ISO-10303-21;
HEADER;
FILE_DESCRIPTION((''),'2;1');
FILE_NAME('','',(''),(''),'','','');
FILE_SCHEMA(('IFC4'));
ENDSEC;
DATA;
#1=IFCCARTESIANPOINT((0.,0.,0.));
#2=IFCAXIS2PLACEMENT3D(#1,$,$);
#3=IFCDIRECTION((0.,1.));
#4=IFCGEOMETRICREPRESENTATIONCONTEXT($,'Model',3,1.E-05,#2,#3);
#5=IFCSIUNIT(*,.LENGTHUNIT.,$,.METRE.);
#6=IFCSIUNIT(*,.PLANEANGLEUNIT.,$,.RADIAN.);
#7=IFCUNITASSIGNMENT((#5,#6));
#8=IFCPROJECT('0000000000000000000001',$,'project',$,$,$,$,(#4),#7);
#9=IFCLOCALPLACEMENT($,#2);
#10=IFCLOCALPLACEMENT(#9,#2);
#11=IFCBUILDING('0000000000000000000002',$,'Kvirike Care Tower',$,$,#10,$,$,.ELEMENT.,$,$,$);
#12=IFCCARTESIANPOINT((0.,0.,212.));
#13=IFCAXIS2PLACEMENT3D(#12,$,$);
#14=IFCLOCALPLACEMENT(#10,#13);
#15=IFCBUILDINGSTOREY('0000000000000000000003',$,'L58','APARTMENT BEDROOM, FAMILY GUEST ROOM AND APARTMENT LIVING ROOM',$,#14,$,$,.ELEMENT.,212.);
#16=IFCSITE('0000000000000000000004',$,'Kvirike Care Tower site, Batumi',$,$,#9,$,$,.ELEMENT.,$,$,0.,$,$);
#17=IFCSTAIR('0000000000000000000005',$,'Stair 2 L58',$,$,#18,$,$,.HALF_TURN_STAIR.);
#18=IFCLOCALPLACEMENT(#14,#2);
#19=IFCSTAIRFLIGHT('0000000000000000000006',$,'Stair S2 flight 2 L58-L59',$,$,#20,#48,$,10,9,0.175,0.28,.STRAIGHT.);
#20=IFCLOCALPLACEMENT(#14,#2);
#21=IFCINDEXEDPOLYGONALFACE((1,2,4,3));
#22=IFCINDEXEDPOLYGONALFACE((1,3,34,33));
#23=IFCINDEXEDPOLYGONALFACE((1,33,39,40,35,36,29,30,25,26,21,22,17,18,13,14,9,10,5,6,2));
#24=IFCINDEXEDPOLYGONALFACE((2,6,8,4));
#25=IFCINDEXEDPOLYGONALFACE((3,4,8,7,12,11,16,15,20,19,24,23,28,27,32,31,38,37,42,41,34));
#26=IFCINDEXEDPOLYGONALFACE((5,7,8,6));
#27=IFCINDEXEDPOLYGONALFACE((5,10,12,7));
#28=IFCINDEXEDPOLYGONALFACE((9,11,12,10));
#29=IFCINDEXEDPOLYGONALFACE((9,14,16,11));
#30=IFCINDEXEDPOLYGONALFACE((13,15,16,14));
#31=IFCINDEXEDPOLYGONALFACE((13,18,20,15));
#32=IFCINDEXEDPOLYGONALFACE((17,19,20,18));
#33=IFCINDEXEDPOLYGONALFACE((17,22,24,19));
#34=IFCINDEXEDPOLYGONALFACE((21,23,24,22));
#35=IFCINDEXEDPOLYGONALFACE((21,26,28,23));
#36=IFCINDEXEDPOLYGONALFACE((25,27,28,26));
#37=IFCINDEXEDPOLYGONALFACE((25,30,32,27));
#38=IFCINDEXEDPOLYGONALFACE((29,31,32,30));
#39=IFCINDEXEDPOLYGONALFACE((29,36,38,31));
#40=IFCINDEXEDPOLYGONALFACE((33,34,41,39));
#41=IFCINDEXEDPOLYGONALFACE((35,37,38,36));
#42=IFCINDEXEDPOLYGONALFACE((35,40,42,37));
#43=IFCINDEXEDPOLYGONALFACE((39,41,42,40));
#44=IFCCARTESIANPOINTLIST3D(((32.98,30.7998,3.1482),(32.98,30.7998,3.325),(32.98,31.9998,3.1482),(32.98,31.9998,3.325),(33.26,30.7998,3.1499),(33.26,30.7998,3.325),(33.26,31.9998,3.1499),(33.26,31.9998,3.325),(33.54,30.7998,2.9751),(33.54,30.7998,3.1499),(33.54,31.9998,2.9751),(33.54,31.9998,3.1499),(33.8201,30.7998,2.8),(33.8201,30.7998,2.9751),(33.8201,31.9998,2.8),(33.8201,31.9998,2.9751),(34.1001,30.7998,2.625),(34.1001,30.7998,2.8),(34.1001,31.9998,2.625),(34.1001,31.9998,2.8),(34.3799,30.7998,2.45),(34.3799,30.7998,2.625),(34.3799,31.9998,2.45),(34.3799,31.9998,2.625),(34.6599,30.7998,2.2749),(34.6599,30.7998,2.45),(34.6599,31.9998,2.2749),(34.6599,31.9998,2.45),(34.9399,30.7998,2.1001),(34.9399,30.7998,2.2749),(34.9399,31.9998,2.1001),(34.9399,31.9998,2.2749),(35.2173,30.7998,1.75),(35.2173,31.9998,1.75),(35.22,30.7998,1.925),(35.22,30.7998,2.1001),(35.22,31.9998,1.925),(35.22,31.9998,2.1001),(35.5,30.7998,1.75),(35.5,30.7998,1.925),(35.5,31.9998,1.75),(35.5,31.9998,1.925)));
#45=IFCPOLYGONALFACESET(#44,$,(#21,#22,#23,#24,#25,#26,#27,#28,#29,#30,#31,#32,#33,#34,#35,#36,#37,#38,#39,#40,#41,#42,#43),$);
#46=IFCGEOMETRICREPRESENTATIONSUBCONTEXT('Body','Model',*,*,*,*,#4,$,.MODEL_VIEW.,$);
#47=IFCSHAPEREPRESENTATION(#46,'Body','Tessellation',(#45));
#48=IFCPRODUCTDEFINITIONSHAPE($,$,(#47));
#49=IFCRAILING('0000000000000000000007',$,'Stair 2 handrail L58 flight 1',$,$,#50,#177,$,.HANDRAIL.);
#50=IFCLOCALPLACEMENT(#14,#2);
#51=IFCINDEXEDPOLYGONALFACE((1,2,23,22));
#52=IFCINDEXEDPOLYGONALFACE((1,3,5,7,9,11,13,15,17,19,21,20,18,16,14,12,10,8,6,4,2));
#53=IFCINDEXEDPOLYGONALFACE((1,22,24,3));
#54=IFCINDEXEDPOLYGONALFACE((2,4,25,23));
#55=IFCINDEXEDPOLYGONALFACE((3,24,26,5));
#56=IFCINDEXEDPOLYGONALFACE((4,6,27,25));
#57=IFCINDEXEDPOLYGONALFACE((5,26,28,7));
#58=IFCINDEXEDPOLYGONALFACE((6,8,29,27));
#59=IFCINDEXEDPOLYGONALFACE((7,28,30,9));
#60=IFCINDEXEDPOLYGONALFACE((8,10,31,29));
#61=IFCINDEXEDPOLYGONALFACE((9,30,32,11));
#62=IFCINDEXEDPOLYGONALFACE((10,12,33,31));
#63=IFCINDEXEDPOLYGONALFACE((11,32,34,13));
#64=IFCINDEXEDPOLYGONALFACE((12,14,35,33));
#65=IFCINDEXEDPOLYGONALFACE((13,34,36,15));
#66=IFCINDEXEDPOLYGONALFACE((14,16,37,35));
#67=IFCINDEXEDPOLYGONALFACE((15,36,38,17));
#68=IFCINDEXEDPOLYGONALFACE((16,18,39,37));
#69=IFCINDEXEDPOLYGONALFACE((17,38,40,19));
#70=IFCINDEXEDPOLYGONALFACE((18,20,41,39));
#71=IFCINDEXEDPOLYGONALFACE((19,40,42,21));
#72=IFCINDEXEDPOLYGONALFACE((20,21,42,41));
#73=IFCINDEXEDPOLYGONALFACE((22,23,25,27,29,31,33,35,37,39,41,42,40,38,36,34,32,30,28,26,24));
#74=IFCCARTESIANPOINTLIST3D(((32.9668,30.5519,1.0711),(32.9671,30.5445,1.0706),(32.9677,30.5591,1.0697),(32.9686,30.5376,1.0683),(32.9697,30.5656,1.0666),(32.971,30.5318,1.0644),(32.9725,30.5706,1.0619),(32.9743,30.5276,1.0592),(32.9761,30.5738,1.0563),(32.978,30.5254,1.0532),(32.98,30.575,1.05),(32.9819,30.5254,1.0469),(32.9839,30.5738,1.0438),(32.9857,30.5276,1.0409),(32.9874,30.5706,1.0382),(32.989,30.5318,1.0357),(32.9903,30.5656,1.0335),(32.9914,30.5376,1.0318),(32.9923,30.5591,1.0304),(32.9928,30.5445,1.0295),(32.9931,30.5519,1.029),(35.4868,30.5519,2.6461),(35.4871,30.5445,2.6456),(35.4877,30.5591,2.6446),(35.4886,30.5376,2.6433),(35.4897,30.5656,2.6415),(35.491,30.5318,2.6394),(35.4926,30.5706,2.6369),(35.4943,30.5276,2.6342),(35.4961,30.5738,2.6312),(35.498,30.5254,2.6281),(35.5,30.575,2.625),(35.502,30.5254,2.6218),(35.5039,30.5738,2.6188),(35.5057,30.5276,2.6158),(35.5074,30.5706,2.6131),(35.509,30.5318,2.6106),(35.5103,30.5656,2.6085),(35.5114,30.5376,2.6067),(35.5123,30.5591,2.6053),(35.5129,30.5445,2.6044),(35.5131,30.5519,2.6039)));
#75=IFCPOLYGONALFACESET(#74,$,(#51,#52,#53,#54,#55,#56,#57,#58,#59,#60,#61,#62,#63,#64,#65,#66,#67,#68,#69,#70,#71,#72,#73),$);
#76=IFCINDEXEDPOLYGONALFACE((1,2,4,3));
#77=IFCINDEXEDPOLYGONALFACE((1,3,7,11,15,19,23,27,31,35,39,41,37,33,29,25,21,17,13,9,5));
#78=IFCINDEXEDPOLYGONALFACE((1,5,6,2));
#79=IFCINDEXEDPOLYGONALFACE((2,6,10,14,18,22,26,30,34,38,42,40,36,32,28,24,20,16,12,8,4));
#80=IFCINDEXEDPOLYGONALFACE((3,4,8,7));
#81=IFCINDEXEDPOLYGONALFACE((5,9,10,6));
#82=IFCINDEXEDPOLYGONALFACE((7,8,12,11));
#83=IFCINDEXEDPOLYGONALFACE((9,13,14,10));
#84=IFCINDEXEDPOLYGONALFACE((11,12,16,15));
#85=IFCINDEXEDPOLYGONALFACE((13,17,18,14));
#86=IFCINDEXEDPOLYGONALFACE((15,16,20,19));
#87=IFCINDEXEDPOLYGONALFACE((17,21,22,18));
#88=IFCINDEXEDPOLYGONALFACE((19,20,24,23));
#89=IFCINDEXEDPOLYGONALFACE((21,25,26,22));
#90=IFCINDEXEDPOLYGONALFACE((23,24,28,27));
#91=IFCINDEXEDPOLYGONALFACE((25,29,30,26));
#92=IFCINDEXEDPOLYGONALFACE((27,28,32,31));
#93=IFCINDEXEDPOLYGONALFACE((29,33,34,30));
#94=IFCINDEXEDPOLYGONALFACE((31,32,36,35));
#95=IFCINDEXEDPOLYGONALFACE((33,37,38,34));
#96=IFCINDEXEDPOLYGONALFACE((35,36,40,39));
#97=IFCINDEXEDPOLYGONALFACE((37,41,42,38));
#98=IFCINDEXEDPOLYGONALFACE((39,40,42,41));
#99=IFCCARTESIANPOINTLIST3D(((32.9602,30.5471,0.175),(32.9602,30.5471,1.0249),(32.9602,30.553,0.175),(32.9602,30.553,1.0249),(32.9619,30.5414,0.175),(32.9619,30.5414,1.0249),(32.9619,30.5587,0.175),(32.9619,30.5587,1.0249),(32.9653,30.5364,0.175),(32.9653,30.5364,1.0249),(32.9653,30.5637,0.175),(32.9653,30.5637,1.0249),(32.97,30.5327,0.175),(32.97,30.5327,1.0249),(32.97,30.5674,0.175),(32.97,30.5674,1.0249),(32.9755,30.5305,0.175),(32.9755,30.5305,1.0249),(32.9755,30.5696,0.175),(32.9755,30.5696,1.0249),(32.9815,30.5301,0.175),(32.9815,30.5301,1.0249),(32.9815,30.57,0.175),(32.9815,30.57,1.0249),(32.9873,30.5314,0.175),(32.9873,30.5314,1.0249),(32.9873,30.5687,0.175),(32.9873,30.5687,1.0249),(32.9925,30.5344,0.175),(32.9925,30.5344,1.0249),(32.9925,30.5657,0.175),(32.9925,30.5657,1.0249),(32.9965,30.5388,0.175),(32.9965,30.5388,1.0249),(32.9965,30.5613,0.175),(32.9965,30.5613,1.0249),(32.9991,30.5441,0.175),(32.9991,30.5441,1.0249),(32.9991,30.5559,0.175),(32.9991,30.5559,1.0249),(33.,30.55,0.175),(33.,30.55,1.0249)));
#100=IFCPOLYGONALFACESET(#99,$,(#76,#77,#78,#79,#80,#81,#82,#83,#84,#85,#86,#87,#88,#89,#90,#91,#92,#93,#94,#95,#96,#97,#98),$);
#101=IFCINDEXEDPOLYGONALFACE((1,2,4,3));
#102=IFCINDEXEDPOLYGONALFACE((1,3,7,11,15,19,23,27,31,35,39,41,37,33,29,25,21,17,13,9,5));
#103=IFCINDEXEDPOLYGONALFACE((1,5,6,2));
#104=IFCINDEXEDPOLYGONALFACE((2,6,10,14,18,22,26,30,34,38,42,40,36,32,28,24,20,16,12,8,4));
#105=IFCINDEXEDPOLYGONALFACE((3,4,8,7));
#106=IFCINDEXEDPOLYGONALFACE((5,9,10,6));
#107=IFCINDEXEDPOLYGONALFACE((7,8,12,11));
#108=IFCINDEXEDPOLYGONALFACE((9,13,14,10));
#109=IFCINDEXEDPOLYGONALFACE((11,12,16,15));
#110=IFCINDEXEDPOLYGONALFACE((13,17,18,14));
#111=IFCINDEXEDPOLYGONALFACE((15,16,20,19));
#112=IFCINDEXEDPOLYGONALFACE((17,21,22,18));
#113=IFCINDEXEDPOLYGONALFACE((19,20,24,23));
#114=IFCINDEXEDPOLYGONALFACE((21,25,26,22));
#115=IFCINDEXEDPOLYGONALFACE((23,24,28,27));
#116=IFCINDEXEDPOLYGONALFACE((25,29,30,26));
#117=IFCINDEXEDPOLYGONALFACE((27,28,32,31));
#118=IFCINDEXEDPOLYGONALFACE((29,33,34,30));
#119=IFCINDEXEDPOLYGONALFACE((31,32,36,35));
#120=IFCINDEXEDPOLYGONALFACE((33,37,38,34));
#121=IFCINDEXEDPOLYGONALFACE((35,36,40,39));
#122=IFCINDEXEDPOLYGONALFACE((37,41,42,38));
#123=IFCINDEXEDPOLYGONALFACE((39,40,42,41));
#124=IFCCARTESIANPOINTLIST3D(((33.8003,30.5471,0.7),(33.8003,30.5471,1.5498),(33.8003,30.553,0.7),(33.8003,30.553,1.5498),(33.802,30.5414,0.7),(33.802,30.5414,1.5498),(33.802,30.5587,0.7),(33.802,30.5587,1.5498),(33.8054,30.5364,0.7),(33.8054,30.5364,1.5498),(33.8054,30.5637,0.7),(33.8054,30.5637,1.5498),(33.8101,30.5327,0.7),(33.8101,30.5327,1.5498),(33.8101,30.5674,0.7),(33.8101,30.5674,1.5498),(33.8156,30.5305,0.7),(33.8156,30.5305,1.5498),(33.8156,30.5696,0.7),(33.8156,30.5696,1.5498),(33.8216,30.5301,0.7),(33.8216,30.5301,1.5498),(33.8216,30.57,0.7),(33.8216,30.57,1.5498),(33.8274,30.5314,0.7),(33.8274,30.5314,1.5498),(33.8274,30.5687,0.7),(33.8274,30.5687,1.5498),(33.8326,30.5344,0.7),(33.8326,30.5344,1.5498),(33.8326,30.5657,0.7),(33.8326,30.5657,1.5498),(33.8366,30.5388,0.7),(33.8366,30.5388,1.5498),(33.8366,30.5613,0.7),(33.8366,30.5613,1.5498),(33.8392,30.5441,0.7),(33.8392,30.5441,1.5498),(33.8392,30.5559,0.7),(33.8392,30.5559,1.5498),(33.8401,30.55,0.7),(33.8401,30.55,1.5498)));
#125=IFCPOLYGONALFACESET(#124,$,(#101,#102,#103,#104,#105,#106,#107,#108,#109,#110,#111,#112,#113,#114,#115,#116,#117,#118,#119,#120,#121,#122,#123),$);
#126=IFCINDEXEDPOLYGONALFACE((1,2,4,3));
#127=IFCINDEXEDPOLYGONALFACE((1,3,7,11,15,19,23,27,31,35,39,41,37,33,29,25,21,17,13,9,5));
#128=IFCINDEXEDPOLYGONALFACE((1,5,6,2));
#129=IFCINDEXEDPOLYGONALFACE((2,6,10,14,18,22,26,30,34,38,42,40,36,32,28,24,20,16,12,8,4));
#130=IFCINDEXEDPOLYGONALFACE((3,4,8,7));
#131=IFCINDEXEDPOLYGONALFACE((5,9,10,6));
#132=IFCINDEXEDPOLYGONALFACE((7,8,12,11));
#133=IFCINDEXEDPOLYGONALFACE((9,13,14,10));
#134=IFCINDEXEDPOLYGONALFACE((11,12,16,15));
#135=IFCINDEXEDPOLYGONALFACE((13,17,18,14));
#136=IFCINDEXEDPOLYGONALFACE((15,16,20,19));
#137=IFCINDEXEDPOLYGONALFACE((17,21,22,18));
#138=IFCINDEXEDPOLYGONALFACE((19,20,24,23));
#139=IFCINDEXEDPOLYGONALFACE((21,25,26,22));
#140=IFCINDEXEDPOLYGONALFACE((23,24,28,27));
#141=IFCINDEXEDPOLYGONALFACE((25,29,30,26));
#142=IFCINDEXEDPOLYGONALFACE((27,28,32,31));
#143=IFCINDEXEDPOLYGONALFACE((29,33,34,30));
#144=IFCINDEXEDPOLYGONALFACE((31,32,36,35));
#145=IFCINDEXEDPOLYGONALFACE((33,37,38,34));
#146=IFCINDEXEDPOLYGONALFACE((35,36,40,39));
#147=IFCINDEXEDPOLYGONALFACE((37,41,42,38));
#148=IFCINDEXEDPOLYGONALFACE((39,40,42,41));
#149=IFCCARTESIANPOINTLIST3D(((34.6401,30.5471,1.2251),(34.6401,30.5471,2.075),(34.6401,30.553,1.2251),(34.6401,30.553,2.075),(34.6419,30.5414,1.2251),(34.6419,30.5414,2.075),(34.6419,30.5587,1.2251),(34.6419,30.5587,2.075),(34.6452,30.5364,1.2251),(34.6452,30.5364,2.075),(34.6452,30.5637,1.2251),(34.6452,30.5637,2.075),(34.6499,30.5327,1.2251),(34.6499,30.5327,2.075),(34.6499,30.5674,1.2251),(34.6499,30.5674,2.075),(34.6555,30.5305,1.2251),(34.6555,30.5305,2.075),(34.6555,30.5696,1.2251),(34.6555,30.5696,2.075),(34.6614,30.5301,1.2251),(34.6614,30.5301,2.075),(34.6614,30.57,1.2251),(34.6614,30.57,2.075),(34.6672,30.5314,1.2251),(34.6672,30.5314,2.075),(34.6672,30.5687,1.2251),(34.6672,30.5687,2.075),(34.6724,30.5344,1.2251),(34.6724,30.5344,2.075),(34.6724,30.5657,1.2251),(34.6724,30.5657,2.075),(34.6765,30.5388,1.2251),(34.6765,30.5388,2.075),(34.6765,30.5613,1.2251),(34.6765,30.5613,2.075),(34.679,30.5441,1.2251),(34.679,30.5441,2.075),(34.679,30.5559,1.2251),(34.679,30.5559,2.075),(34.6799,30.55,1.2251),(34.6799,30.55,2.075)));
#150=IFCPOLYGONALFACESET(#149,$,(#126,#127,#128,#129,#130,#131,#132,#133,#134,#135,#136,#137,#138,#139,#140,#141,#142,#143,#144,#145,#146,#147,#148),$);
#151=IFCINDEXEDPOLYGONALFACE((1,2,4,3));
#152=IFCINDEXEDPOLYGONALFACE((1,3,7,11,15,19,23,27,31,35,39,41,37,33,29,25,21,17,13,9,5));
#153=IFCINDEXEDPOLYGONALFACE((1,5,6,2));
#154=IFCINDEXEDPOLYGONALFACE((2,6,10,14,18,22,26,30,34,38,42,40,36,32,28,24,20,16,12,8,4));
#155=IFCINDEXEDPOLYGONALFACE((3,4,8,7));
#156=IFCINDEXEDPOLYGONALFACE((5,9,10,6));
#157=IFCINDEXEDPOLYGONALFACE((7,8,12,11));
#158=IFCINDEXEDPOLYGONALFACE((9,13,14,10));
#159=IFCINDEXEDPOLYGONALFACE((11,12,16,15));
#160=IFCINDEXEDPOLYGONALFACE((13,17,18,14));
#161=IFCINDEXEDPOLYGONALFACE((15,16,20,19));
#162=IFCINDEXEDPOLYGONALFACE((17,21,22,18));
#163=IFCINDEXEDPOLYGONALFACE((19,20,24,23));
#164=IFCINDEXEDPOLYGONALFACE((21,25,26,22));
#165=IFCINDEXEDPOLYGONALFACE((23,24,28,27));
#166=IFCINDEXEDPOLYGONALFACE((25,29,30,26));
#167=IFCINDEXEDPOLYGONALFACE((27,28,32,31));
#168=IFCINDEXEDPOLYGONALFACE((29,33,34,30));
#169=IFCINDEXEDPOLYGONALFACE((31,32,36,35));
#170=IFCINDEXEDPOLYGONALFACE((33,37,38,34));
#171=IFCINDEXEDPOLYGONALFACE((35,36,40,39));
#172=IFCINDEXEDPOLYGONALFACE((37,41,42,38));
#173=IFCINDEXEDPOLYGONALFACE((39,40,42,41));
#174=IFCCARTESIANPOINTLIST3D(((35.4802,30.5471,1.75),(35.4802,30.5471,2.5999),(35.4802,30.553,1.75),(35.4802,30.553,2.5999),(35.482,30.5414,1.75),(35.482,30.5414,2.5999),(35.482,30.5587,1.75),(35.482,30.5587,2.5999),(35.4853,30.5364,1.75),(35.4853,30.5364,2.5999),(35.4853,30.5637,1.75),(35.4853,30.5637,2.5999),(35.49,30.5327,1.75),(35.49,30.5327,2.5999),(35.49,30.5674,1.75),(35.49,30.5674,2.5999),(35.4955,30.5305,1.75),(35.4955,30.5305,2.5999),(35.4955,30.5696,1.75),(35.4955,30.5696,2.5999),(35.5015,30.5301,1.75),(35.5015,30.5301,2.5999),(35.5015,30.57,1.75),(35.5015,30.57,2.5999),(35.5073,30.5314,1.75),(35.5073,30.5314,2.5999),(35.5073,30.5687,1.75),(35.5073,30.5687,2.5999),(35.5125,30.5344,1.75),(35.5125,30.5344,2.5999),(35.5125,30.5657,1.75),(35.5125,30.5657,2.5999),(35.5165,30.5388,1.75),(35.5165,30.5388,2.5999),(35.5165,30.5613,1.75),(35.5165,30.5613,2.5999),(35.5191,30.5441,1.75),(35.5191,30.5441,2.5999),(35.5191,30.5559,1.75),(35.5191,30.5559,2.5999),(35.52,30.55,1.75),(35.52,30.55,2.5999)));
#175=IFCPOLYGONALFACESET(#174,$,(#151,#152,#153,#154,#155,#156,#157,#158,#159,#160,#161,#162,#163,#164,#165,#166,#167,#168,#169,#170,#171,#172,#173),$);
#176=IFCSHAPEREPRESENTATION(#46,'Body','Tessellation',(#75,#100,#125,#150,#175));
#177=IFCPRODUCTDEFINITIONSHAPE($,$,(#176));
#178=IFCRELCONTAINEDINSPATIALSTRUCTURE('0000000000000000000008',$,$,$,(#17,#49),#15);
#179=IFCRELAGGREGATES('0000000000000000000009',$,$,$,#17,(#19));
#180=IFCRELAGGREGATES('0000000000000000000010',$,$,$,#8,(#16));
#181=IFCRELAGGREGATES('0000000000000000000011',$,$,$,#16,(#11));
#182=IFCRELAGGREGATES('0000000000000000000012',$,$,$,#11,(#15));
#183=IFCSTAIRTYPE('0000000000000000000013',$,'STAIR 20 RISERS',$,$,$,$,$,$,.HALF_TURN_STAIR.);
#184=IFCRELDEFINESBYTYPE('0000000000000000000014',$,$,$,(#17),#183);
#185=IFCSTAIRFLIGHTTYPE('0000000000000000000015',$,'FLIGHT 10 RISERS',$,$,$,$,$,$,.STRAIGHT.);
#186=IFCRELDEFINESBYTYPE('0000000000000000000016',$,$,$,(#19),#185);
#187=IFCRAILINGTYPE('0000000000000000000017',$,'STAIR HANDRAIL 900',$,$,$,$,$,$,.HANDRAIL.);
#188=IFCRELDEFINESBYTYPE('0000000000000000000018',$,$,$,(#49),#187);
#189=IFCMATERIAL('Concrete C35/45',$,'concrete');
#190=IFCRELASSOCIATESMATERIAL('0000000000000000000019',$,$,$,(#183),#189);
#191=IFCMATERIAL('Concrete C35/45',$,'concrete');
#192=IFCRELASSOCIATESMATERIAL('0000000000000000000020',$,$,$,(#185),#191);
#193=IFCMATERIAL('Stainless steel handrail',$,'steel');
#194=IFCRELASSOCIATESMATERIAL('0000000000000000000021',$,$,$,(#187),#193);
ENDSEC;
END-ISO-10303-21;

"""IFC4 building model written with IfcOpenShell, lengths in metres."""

from ifc_helpers import new_model, si_unit, direction, frame, origin, origin_2d, place, context, subcontext, project, spatial, polyline, circle, outline, extrude, material, type_object, element, aggregate, save


model = new_model("IFC4")

# Units and contexts
model_context = context("Model", 3, precision=1e-05, world=origin(), true_north=direction((0.0, 1.0)))
body_context = subcontext(model_context, "Body", "Model", "MODEL_VIEW")
ifc_project = project(units=[si_unit("LENGTHUNIT", "METRE"), si_unit("PLANEANGLEUNIT", "RADIAN")], contexts=[model_context])

# Site, building, storey
site_placement = place(None, origin())
site = spatial("IfcSite", under=ifc_project, at=site_placement, Name="Kvirike Care Tower site, Batumi", CompositionType="ELEMENT", RefElevation=0.0)
building_placement = place(site_placement, origin())
building = spatial("IfcBuilding", under=site, at=building_placement, Name="Kvirike Care Tower", CompositionType="ELEMENT")
storey_placement = place(building_placement, frame((0.0, 0.0, 212.0)))
storey = spatial("IfcBuildingStorey", under=building, at=storey_placement, Name="L58", Description="APARTMENT BEDROOM, FAMILY GUEST ROOM AND APARTMENT LIVING ROOM", CompositionType="ELEMENT", Elevation=212.0)

# Stair, stair flight
ifc_material_1 = material(Name="Concrete C35/45", Category="concrete")
stair_type = type_object("IfcStairType", Name="STAIR 20 RISERS", PredefinedType="HALF_TURN_STAIR", material=ifc_material_1)
stair_placement = place(storey_placement, origin())
stair = element("IfcStair", 1, at=stair_placement, inside=storey, type_object=stair_type, Name="Stair 2 L58", PredefinedType="HALF_TURN_STAIR")
ifc_material_2 = material(Name="Concrete C35/45", Category="concrete")
stair_flight_type = type_object("IfcStairFlightType", Name="FLIGHT 10 RISERS", PredefinedType="STRAIGHT", material=ifc_material_2)
stair_flight_1_placement = place(storey_placement, frame((35.5, 31.3999, 1.75), z_axis=(0.0, 0.0, 1.0), x_axis=(-1.0, 0.0, 0.0)))
stair_flight_1 = element("IfcStairFlight", 2, at=stair_flight_1_placement, type_object=stair_flight_type, Name="Stair S2 flight 2 L58-L59", NumberOfRisers=10, NumberOfTreads=9, PredefinedType="STRAIGHT", RiserHeight=0.175, TreadLength=0.28, context=body_context, shape_type="SweptSolid", body=[
    extrude(outline(polyline([(0.0, 0.0), (0.0, 0.175), (0.28, 0.175), (0.28, 0.3501), (0.5601, 0.3501), (0.5601, 0.5249), (0.8401, 0.5249), (0.8401, 0.7), (1.1201, 0.7), (1.1201, 0.875), (1.3999, 0.875), (1.3999, 1.05), (1.6799, 1.05), (1.6799, 1.2251), (1.96, 1.2251), (1.96, 1.3999), (2.24, 1.3999), (2.24, 1.575), (2.52, 1.575), (2.52, 1.75), (2.52, 1.3982), (0.2827, 0.0), (0.0, 0.0)])), frame((0.0, 0.6001, 0.0), z_axis=(0.0, -1.0, 0.0), x_axis=(1.0, 0.0, 0.0)), (0.0, 0.0, 1.0), 1.2),
])
aggregate(stair, [stair_flight_1])

# Railing
ifc_material_3 = material(Name="Stainless steel handrail", Category="steel")
railing_type = type_object("IfcRailingType", Name="STAIR HANDRAIL 900", PredefinedType="HANDRAIL", material=ifc_material_3)
railing_1_placement = place(storey_placement, frame((32.98, 30.55, 0.175)))
element("IfcRailing", 3, at=railing_1_placement, inside=storey, type_object=railing_type, Name="Stair 2 handrail L58 flight 1", PredefinedType="HANDRAIL", context=body_context, shape_type="SweptSolid", body=[
    extrude(circle(Radius=0.0249, at=origin_2d()), frame((0.0, 0.0, 0.875), z_axis=(0.848008, 0.0, 0.529984), x_axis=(0.0, 1.0, 0.0)), (0.0, 0.0, 1.0), 2.9717),
    extrude(circle(Radius=0.02, at=origin_2d()), origin(), (0.0, 0.0, 1.0), 0.8499),
    extrude(circle(Radius=0.02, at=origin_2d()), frame((0.8401, 0.0, 0.5249)), (0.0, 0.0, 1.0), 0.8499),
    extrude(circle(Radius=0.02, at=origin_2d()), frame((1.6799, 0.0, 1.05)), (0.0, 0.0, 1.0), 0.8499),
    extrude(circle(Radius=0.02, at=origin_2d()), frame((2.52, 0.0, 1.575)), (0.0, 0.0, 1.0), 0.8499),
])

save(model, "model.ifc")
